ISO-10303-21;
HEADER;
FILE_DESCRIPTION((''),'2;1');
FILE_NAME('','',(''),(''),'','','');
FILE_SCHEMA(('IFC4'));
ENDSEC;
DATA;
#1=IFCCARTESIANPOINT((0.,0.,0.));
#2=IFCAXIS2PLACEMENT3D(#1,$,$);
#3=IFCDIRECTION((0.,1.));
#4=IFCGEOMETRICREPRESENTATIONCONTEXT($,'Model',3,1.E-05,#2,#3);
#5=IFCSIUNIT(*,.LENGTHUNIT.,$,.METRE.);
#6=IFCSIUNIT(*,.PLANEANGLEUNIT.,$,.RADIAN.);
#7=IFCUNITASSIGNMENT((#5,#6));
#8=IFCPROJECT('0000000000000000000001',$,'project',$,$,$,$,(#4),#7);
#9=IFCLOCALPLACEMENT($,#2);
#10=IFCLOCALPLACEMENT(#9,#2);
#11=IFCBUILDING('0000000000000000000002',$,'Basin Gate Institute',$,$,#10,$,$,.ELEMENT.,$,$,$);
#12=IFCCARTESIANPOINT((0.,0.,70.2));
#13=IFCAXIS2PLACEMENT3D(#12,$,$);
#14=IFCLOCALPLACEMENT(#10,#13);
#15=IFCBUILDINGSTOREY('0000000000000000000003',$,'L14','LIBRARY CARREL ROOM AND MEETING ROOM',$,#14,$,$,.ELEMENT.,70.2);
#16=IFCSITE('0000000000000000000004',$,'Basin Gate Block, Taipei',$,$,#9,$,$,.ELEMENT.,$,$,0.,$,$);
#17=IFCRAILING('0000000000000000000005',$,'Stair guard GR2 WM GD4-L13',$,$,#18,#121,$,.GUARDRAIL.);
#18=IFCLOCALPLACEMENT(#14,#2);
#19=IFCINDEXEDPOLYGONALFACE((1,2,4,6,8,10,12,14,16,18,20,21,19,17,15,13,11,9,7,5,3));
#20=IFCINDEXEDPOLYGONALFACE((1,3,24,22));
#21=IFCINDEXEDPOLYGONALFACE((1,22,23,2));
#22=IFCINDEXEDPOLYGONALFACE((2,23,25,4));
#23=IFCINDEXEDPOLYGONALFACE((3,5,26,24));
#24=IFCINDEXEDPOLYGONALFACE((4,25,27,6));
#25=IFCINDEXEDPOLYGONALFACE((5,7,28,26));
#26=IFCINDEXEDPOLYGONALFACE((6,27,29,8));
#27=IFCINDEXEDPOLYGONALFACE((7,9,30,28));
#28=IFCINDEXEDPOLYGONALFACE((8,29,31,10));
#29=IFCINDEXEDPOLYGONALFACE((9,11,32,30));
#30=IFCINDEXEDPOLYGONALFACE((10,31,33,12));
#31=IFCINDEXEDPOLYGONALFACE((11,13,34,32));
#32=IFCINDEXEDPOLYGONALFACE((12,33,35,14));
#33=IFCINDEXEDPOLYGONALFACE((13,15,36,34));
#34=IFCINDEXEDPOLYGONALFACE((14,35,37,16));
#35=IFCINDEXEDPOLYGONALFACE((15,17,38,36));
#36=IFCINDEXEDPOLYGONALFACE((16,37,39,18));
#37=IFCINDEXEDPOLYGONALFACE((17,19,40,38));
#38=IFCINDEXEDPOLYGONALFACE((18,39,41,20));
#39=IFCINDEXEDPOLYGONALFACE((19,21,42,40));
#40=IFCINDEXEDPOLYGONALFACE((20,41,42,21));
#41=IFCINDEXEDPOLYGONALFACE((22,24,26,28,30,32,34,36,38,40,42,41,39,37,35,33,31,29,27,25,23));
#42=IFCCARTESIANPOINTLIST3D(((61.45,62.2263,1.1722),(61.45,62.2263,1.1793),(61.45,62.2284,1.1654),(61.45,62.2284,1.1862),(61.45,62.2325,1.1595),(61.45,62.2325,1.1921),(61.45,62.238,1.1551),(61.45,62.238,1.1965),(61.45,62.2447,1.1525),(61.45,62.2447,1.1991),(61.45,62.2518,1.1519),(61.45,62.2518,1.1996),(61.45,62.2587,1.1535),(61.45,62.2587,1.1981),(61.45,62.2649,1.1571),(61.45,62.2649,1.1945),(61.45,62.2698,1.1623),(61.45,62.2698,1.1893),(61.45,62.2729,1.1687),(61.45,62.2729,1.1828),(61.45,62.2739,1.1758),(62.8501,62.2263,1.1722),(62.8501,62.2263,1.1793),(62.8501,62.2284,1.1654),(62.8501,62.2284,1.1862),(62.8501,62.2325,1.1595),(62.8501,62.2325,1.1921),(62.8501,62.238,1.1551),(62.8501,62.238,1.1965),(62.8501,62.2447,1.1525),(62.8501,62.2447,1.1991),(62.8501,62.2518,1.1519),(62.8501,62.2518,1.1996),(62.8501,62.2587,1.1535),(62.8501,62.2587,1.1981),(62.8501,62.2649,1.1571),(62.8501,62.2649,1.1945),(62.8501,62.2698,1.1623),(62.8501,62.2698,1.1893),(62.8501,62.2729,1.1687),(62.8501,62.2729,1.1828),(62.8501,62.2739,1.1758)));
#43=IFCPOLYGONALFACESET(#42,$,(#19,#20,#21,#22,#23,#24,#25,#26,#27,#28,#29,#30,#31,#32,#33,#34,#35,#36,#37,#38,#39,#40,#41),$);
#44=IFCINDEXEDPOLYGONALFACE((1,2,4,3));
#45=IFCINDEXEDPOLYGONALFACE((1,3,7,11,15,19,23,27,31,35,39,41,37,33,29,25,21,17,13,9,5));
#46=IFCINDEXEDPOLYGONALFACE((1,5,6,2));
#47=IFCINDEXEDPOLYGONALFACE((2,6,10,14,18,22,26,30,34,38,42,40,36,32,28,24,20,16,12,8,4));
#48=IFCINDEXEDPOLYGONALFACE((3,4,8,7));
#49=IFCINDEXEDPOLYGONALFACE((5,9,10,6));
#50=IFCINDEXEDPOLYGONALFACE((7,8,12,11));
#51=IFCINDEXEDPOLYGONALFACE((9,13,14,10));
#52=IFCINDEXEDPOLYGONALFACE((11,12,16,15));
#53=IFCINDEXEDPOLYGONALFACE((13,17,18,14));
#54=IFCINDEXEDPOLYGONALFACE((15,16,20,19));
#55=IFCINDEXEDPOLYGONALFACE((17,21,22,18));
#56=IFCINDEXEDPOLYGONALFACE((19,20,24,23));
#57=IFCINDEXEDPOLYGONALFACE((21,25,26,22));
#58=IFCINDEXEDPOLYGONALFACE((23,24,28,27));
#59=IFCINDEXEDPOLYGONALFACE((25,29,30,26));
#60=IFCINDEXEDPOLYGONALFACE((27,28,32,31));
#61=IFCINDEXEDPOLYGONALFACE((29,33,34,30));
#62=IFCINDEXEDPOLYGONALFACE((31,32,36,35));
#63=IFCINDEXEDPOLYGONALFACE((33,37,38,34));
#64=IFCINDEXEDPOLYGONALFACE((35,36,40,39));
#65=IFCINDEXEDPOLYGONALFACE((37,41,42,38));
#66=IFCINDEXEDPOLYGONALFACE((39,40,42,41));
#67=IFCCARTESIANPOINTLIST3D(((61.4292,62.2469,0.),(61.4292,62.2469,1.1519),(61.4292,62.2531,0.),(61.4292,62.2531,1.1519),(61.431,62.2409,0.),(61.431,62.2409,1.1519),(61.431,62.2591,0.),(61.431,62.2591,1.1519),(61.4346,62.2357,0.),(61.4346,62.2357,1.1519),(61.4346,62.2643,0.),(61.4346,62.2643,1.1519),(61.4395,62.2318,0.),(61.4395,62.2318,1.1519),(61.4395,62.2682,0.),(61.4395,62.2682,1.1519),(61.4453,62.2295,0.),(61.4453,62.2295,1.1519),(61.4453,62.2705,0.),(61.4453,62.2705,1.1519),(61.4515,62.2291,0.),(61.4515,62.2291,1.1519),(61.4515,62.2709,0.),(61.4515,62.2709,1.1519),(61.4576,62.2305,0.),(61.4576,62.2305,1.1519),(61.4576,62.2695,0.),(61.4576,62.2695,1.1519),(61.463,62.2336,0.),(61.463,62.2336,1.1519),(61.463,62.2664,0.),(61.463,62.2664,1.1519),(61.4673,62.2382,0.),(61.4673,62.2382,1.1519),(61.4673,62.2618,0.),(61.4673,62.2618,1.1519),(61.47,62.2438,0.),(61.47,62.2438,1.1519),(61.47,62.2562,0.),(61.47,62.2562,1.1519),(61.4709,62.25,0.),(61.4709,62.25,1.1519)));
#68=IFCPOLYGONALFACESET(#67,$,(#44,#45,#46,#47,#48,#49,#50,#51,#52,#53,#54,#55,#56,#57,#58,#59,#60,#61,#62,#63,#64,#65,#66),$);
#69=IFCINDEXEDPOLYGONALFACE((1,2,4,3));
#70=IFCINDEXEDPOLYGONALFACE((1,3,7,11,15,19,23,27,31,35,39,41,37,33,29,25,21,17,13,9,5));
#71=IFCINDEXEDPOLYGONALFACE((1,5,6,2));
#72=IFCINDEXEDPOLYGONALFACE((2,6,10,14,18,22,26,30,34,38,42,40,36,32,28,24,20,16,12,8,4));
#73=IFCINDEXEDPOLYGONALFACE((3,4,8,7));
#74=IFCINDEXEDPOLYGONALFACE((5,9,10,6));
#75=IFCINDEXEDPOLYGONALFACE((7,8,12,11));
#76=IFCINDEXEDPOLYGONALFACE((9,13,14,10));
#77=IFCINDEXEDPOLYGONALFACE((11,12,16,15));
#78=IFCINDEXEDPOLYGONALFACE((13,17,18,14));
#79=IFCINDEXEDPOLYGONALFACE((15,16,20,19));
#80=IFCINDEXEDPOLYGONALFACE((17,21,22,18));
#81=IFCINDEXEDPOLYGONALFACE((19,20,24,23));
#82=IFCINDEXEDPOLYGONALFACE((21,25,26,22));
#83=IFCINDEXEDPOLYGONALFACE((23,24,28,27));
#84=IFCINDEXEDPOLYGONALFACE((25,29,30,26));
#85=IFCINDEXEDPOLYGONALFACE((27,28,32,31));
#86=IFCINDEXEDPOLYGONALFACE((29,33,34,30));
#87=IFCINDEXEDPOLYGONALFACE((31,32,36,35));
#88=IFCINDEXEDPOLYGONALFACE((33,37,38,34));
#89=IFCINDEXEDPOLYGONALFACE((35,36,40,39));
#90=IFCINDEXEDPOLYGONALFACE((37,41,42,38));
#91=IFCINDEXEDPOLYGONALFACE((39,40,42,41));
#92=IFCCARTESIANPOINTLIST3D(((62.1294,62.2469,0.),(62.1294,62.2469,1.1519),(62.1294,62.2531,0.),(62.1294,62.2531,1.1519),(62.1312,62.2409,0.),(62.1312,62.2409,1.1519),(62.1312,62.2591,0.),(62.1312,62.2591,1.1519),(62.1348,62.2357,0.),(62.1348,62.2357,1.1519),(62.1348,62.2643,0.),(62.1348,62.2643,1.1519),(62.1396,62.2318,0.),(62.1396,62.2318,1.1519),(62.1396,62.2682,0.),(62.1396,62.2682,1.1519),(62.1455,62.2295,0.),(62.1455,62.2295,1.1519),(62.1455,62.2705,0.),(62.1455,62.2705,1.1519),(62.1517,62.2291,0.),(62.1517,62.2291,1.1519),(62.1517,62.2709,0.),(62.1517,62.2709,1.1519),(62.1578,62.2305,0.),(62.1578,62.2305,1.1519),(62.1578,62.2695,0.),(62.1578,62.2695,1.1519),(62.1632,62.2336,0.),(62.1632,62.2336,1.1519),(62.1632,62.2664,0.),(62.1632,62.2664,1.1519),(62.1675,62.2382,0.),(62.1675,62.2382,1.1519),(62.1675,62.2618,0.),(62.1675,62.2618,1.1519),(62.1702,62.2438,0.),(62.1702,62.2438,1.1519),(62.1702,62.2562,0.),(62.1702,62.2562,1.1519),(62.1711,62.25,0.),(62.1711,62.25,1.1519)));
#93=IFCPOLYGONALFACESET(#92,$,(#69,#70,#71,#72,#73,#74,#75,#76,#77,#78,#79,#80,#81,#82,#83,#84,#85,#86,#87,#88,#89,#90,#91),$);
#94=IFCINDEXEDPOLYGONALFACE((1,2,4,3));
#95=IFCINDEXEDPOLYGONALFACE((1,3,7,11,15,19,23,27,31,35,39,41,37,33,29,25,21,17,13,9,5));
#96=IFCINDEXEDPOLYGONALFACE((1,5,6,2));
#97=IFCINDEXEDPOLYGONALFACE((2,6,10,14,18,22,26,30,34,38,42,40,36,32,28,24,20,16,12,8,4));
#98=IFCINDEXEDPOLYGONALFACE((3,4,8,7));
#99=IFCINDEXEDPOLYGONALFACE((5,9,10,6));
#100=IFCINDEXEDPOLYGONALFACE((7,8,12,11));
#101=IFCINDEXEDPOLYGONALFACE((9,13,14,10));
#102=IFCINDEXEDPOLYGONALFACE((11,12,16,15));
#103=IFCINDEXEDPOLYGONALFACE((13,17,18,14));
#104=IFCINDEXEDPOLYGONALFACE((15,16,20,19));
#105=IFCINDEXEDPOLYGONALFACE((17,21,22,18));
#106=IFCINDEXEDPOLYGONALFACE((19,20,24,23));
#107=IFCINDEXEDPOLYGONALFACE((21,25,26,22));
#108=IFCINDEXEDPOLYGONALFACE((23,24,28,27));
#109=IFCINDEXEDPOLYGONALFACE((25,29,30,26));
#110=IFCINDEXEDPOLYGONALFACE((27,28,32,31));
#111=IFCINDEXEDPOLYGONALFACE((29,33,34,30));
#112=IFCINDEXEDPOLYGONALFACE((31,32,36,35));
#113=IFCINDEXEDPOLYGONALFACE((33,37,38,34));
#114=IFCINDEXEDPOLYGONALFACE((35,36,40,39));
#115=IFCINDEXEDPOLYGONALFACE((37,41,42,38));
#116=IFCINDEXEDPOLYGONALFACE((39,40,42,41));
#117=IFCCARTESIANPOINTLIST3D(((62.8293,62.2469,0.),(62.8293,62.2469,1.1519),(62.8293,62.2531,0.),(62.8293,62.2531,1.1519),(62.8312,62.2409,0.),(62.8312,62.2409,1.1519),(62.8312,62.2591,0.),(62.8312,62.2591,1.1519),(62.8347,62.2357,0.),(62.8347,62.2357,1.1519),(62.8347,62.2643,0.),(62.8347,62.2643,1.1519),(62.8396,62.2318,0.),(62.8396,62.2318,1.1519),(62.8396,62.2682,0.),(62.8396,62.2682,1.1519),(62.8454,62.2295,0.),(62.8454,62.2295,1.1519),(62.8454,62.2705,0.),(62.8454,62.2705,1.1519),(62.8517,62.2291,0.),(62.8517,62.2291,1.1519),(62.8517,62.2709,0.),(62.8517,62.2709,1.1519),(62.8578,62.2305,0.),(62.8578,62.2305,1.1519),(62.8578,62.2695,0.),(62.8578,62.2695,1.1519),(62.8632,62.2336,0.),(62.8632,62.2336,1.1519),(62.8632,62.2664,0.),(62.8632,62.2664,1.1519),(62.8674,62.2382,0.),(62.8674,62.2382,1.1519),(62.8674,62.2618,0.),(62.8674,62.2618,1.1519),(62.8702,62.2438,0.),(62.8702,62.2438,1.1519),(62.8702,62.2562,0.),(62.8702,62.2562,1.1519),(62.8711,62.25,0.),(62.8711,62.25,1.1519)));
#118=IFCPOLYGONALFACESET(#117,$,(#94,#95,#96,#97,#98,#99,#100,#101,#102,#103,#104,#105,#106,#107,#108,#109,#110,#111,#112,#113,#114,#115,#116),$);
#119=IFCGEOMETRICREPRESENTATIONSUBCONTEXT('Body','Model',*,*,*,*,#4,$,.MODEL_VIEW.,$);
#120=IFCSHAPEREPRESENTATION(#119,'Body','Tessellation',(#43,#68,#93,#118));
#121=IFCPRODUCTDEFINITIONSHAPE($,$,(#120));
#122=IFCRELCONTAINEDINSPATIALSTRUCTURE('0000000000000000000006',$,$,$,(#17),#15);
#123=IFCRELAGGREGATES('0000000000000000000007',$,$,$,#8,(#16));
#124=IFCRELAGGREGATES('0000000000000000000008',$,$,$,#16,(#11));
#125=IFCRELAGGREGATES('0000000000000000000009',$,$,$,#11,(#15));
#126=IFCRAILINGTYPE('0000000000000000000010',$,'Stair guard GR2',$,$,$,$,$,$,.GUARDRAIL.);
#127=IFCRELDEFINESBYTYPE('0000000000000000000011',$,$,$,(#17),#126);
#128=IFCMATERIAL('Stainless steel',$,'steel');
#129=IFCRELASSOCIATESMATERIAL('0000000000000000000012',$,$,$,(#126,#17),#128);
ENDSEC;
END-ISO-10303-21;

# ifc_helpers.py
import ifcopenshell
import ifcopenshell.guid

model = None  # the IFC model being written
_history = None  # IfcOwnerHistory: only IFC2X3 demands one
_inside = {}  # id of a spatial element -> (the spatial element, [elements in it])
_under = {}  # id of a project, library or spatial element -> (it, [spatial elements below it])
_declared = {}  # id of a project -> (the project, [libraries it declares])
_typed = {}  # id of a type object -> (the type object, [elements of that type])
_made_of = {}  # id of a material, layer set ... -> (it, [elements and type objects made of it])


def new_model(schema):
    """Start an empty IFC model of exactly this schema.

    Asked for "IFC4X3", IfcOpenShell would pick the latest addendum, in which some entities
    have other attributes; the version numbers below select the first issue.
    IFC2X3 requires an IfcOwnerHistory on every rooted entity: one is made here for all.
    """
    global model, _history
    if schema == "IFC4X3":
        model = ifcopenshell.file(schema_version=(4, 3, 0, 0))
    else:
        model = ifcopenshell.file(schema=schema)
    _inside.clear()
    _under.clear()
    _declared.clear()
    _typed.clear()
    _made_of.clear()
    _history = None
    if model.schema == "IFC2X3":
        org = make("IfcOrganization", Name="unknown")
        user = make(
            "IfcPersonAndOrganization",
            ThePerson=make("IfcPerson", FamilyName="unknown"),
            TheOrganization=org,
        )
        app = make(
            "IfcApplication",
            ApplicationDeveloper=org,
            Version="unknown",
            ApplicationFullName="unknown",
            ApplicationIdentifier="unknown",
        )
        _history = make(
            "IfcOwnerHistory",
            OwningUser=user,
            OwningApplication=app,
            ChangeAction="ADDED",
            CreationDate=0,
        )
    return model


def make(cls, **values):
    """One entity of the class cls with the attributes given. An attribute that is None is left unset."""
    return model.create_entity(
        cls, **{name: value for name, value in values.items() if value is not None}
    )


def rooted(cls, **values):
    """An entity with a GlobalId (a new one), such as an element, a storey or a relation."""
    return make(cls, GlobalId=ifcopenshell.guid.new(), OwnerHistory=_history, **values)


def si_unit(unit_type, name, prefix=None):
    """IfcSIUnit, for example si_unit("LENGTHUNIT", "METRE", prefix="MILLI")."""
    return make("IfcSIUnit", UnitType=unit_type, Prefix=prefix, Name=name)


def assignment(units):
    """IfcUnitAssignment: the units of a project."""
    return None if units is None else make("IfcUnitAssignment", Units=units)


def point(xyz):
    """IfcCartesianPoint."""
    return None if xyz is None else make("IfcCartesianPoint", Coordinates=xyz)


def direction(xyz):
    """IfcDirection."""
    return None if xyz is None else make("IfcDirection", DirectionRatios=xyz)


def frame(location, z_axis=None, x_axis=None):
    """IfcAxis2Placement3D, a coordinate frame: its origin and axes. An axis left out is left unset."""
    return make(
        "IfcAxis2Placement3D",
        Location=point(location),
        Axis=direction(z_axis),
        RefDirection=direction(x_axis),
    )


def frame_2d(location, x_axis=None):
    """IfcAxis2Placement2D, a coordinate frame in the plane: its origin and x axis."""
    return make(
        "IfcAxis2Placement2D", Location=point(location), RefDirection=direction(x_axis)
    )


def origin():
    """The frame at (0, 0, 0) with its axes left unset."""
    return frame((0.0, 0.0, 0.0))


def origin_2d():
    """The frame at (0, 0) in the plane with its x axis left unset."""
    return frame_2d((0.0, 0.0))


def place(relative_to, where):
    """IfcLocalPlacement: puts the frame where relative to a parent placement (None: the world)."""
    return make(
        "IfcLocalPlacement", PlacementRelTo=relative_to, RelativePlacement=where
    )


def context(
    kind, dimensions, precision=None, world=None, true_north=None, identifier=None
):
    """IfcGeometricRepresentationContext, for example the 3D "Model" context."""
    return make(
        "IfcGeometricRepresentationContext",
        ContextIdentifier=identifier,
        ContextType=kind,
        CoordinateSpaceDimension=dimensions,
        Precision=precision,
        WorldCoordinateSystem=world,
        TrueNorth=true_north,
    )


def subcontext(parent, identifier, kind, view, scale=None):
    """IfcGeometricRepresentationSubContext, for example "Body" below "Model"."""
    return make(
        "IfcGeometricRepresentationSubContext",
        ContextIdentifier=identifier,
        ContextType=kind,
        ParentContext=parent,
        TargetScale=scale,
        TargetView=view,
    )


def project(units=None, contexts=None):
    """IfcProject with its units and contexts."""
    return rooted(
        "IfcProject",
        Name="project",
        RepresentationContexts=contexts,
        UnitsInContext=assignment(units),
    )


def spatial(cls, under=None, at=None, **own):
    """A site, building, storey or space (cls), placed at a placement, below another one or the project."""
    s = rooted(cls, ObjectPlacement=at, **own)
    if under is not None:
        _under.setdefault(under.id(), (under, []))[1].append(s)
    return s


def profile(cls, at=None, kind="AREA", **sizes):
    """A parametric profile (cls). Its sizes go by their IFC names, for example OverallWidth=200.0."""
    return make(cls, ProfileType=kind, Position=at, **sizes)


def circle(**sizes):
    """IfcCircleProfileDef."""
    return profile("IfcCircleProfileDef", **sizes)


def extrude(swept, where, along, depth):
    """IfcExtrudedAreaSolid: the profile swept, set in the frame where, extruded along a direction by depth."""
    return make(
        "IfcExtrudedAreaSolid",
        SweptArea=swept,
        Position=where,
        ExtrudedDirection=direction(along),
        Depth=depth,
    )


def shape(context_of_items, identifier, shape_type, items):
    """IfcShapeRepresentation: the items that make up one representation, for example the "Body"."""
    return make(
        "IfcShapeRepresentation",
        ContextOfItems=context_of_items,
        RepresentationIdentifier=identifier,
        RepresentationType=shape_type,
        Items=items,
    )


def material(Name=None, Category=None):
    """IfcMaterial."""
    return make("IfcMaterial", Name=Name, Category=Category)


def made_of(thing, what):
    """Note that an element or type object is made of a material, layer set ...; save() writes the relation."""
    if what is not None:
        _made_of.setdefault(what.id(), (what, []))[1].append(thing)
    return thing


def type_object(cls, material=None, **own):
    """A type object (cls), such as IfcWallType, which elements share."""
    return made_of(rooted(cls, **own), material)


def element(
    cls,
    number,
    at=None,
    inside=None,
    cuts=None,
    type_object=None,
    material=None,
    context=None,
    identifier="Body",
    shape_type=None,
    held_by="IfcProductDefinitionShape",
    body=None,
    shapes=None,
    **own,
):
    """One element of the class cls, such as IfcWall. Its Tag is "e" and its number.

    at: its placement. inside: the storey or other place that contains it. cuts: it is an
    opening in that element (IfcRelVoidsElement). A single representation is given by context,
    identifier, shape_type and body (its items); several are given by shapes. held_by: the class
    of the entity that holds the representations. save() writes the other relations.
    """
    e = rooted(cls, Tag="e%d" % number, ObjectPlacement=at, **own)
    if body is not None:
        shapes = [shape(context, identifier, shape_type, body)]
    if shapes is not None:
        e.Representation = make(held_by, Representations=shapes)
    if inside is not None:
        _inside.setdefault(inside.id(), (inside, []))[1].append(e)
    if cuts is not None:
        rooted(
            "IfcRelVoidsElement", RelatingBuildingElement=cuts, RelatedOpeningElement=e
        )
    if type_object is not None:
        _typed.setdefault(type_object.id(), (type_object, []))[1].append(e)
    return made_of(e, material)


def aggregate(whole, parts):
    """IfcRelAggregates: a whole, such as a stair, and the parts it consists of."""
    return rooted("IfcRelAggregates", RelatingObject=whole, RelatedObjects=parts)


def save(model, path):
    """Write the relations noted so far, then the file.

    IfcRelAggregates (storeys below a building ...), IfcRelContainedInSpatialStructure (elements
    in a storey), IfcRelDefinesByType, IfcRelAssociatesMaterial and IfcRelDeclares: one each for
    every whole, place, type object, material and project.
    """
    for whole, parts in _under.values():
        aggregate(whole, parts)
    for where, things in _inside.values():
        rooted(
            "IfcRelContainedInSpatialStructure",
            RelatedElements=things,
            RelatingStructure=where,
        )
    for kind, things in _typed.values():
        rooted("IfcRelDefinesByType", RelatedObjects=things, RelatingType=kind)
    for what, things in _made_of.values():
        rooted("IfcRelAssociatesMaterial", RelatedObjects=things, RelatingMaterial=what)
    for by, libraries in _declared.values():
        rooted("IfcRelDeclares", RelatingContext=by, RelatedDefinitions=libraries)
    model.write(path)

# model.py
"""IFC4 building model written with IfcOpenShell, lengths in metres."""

from ifc_helpers import new_model, si_unit, direction, frame, origin, origin_2d, place, context, subcontext, project, spatial, circle, extrude, material, type_object, element, save


model = new_model("IFC4")

# Units and contexts
model_context = context("Model", 3, precision=1e-05, world=origin(), true_north=direction((0.0, 1.0)))
body_context = subcontext(model_context, "Body", "Model", "MODEL_VIEW")
ifc_project = project(units=[si_unit("LENGTHUNIT", "METRE"), si_unit("PLANEANGLEUNIT", "RADIAN")], contexts=[model_context])

# Site, building, storey
site_placement = place(None, origin())
site = spatial("IfcSite", under=ifc_project, at=site_placement, Name="Basin Gate Block, Taipei", CompositionType="ELEMENT", RefElevation=0.0)
building_placement = place(site_placement, origin())
building = spatial("IfcBuilding", under=site, at=building_placement, Name="Basin Gate Institute", CompositionType="ELEMENT")
storey_placement = place(building_placement, frame((0.0, 0.0, 70.2)))
storey = spatial("IfcBuildingStorey", under=building, at=storey_placement, Name="L14", Description="LIBRARY CARREL ROOM AND MEETING ROOM", CompositionType="ELEMENT", Elevation=70.2)

# Railing
ifc_material_1 = material(Name="Stainless steel", Category="steel")
railing_type_1 = type_object("IfcRailingType", Name="Stair guard GR2", PredefinedType="GUARDRAIL", material=ifc_material_1)
railing_1_placement = place(storey_placement, frame((61.45, 62.25, 0.0)))
element("IfcRailing", 1, at=railing_1_placement, inside=storey, type_object=railing_type_1, material=ifc_material_1, Name="Stair guard GR2 WM GD4-L13", PredefinedType="GUARDRAIL", context=body_context, shape_type="SweptSolid", body=[
    extrude(circle(Radius=0.0239, at=origin_2d()), frame((0.0, 0.0, 1.1758), z_axis=(1.0, 0.0, 0.0), x_axis=(0.0, 1.0, 0.0)), (0.0, 0.0, 1.0), 1.4001),
    extrude(circle(Radius=0.021, at=origin_2d()), origin(), (0.0, 0.0, 1.0), 1.1519),
    extrude(circle(Radius=0.021, at=origin_2d()), frame((0.7002, 0.0, 0.0)), (0.0, 0.0, 1.0), 1.1519),
    extrude(circle(Radius=0.021, at=origin_2d()), frame((1.4001, 0.0, 0.0)), (0.0, 0.0, 1.0), 1.1519),
])

save(model, "model.ifc")
